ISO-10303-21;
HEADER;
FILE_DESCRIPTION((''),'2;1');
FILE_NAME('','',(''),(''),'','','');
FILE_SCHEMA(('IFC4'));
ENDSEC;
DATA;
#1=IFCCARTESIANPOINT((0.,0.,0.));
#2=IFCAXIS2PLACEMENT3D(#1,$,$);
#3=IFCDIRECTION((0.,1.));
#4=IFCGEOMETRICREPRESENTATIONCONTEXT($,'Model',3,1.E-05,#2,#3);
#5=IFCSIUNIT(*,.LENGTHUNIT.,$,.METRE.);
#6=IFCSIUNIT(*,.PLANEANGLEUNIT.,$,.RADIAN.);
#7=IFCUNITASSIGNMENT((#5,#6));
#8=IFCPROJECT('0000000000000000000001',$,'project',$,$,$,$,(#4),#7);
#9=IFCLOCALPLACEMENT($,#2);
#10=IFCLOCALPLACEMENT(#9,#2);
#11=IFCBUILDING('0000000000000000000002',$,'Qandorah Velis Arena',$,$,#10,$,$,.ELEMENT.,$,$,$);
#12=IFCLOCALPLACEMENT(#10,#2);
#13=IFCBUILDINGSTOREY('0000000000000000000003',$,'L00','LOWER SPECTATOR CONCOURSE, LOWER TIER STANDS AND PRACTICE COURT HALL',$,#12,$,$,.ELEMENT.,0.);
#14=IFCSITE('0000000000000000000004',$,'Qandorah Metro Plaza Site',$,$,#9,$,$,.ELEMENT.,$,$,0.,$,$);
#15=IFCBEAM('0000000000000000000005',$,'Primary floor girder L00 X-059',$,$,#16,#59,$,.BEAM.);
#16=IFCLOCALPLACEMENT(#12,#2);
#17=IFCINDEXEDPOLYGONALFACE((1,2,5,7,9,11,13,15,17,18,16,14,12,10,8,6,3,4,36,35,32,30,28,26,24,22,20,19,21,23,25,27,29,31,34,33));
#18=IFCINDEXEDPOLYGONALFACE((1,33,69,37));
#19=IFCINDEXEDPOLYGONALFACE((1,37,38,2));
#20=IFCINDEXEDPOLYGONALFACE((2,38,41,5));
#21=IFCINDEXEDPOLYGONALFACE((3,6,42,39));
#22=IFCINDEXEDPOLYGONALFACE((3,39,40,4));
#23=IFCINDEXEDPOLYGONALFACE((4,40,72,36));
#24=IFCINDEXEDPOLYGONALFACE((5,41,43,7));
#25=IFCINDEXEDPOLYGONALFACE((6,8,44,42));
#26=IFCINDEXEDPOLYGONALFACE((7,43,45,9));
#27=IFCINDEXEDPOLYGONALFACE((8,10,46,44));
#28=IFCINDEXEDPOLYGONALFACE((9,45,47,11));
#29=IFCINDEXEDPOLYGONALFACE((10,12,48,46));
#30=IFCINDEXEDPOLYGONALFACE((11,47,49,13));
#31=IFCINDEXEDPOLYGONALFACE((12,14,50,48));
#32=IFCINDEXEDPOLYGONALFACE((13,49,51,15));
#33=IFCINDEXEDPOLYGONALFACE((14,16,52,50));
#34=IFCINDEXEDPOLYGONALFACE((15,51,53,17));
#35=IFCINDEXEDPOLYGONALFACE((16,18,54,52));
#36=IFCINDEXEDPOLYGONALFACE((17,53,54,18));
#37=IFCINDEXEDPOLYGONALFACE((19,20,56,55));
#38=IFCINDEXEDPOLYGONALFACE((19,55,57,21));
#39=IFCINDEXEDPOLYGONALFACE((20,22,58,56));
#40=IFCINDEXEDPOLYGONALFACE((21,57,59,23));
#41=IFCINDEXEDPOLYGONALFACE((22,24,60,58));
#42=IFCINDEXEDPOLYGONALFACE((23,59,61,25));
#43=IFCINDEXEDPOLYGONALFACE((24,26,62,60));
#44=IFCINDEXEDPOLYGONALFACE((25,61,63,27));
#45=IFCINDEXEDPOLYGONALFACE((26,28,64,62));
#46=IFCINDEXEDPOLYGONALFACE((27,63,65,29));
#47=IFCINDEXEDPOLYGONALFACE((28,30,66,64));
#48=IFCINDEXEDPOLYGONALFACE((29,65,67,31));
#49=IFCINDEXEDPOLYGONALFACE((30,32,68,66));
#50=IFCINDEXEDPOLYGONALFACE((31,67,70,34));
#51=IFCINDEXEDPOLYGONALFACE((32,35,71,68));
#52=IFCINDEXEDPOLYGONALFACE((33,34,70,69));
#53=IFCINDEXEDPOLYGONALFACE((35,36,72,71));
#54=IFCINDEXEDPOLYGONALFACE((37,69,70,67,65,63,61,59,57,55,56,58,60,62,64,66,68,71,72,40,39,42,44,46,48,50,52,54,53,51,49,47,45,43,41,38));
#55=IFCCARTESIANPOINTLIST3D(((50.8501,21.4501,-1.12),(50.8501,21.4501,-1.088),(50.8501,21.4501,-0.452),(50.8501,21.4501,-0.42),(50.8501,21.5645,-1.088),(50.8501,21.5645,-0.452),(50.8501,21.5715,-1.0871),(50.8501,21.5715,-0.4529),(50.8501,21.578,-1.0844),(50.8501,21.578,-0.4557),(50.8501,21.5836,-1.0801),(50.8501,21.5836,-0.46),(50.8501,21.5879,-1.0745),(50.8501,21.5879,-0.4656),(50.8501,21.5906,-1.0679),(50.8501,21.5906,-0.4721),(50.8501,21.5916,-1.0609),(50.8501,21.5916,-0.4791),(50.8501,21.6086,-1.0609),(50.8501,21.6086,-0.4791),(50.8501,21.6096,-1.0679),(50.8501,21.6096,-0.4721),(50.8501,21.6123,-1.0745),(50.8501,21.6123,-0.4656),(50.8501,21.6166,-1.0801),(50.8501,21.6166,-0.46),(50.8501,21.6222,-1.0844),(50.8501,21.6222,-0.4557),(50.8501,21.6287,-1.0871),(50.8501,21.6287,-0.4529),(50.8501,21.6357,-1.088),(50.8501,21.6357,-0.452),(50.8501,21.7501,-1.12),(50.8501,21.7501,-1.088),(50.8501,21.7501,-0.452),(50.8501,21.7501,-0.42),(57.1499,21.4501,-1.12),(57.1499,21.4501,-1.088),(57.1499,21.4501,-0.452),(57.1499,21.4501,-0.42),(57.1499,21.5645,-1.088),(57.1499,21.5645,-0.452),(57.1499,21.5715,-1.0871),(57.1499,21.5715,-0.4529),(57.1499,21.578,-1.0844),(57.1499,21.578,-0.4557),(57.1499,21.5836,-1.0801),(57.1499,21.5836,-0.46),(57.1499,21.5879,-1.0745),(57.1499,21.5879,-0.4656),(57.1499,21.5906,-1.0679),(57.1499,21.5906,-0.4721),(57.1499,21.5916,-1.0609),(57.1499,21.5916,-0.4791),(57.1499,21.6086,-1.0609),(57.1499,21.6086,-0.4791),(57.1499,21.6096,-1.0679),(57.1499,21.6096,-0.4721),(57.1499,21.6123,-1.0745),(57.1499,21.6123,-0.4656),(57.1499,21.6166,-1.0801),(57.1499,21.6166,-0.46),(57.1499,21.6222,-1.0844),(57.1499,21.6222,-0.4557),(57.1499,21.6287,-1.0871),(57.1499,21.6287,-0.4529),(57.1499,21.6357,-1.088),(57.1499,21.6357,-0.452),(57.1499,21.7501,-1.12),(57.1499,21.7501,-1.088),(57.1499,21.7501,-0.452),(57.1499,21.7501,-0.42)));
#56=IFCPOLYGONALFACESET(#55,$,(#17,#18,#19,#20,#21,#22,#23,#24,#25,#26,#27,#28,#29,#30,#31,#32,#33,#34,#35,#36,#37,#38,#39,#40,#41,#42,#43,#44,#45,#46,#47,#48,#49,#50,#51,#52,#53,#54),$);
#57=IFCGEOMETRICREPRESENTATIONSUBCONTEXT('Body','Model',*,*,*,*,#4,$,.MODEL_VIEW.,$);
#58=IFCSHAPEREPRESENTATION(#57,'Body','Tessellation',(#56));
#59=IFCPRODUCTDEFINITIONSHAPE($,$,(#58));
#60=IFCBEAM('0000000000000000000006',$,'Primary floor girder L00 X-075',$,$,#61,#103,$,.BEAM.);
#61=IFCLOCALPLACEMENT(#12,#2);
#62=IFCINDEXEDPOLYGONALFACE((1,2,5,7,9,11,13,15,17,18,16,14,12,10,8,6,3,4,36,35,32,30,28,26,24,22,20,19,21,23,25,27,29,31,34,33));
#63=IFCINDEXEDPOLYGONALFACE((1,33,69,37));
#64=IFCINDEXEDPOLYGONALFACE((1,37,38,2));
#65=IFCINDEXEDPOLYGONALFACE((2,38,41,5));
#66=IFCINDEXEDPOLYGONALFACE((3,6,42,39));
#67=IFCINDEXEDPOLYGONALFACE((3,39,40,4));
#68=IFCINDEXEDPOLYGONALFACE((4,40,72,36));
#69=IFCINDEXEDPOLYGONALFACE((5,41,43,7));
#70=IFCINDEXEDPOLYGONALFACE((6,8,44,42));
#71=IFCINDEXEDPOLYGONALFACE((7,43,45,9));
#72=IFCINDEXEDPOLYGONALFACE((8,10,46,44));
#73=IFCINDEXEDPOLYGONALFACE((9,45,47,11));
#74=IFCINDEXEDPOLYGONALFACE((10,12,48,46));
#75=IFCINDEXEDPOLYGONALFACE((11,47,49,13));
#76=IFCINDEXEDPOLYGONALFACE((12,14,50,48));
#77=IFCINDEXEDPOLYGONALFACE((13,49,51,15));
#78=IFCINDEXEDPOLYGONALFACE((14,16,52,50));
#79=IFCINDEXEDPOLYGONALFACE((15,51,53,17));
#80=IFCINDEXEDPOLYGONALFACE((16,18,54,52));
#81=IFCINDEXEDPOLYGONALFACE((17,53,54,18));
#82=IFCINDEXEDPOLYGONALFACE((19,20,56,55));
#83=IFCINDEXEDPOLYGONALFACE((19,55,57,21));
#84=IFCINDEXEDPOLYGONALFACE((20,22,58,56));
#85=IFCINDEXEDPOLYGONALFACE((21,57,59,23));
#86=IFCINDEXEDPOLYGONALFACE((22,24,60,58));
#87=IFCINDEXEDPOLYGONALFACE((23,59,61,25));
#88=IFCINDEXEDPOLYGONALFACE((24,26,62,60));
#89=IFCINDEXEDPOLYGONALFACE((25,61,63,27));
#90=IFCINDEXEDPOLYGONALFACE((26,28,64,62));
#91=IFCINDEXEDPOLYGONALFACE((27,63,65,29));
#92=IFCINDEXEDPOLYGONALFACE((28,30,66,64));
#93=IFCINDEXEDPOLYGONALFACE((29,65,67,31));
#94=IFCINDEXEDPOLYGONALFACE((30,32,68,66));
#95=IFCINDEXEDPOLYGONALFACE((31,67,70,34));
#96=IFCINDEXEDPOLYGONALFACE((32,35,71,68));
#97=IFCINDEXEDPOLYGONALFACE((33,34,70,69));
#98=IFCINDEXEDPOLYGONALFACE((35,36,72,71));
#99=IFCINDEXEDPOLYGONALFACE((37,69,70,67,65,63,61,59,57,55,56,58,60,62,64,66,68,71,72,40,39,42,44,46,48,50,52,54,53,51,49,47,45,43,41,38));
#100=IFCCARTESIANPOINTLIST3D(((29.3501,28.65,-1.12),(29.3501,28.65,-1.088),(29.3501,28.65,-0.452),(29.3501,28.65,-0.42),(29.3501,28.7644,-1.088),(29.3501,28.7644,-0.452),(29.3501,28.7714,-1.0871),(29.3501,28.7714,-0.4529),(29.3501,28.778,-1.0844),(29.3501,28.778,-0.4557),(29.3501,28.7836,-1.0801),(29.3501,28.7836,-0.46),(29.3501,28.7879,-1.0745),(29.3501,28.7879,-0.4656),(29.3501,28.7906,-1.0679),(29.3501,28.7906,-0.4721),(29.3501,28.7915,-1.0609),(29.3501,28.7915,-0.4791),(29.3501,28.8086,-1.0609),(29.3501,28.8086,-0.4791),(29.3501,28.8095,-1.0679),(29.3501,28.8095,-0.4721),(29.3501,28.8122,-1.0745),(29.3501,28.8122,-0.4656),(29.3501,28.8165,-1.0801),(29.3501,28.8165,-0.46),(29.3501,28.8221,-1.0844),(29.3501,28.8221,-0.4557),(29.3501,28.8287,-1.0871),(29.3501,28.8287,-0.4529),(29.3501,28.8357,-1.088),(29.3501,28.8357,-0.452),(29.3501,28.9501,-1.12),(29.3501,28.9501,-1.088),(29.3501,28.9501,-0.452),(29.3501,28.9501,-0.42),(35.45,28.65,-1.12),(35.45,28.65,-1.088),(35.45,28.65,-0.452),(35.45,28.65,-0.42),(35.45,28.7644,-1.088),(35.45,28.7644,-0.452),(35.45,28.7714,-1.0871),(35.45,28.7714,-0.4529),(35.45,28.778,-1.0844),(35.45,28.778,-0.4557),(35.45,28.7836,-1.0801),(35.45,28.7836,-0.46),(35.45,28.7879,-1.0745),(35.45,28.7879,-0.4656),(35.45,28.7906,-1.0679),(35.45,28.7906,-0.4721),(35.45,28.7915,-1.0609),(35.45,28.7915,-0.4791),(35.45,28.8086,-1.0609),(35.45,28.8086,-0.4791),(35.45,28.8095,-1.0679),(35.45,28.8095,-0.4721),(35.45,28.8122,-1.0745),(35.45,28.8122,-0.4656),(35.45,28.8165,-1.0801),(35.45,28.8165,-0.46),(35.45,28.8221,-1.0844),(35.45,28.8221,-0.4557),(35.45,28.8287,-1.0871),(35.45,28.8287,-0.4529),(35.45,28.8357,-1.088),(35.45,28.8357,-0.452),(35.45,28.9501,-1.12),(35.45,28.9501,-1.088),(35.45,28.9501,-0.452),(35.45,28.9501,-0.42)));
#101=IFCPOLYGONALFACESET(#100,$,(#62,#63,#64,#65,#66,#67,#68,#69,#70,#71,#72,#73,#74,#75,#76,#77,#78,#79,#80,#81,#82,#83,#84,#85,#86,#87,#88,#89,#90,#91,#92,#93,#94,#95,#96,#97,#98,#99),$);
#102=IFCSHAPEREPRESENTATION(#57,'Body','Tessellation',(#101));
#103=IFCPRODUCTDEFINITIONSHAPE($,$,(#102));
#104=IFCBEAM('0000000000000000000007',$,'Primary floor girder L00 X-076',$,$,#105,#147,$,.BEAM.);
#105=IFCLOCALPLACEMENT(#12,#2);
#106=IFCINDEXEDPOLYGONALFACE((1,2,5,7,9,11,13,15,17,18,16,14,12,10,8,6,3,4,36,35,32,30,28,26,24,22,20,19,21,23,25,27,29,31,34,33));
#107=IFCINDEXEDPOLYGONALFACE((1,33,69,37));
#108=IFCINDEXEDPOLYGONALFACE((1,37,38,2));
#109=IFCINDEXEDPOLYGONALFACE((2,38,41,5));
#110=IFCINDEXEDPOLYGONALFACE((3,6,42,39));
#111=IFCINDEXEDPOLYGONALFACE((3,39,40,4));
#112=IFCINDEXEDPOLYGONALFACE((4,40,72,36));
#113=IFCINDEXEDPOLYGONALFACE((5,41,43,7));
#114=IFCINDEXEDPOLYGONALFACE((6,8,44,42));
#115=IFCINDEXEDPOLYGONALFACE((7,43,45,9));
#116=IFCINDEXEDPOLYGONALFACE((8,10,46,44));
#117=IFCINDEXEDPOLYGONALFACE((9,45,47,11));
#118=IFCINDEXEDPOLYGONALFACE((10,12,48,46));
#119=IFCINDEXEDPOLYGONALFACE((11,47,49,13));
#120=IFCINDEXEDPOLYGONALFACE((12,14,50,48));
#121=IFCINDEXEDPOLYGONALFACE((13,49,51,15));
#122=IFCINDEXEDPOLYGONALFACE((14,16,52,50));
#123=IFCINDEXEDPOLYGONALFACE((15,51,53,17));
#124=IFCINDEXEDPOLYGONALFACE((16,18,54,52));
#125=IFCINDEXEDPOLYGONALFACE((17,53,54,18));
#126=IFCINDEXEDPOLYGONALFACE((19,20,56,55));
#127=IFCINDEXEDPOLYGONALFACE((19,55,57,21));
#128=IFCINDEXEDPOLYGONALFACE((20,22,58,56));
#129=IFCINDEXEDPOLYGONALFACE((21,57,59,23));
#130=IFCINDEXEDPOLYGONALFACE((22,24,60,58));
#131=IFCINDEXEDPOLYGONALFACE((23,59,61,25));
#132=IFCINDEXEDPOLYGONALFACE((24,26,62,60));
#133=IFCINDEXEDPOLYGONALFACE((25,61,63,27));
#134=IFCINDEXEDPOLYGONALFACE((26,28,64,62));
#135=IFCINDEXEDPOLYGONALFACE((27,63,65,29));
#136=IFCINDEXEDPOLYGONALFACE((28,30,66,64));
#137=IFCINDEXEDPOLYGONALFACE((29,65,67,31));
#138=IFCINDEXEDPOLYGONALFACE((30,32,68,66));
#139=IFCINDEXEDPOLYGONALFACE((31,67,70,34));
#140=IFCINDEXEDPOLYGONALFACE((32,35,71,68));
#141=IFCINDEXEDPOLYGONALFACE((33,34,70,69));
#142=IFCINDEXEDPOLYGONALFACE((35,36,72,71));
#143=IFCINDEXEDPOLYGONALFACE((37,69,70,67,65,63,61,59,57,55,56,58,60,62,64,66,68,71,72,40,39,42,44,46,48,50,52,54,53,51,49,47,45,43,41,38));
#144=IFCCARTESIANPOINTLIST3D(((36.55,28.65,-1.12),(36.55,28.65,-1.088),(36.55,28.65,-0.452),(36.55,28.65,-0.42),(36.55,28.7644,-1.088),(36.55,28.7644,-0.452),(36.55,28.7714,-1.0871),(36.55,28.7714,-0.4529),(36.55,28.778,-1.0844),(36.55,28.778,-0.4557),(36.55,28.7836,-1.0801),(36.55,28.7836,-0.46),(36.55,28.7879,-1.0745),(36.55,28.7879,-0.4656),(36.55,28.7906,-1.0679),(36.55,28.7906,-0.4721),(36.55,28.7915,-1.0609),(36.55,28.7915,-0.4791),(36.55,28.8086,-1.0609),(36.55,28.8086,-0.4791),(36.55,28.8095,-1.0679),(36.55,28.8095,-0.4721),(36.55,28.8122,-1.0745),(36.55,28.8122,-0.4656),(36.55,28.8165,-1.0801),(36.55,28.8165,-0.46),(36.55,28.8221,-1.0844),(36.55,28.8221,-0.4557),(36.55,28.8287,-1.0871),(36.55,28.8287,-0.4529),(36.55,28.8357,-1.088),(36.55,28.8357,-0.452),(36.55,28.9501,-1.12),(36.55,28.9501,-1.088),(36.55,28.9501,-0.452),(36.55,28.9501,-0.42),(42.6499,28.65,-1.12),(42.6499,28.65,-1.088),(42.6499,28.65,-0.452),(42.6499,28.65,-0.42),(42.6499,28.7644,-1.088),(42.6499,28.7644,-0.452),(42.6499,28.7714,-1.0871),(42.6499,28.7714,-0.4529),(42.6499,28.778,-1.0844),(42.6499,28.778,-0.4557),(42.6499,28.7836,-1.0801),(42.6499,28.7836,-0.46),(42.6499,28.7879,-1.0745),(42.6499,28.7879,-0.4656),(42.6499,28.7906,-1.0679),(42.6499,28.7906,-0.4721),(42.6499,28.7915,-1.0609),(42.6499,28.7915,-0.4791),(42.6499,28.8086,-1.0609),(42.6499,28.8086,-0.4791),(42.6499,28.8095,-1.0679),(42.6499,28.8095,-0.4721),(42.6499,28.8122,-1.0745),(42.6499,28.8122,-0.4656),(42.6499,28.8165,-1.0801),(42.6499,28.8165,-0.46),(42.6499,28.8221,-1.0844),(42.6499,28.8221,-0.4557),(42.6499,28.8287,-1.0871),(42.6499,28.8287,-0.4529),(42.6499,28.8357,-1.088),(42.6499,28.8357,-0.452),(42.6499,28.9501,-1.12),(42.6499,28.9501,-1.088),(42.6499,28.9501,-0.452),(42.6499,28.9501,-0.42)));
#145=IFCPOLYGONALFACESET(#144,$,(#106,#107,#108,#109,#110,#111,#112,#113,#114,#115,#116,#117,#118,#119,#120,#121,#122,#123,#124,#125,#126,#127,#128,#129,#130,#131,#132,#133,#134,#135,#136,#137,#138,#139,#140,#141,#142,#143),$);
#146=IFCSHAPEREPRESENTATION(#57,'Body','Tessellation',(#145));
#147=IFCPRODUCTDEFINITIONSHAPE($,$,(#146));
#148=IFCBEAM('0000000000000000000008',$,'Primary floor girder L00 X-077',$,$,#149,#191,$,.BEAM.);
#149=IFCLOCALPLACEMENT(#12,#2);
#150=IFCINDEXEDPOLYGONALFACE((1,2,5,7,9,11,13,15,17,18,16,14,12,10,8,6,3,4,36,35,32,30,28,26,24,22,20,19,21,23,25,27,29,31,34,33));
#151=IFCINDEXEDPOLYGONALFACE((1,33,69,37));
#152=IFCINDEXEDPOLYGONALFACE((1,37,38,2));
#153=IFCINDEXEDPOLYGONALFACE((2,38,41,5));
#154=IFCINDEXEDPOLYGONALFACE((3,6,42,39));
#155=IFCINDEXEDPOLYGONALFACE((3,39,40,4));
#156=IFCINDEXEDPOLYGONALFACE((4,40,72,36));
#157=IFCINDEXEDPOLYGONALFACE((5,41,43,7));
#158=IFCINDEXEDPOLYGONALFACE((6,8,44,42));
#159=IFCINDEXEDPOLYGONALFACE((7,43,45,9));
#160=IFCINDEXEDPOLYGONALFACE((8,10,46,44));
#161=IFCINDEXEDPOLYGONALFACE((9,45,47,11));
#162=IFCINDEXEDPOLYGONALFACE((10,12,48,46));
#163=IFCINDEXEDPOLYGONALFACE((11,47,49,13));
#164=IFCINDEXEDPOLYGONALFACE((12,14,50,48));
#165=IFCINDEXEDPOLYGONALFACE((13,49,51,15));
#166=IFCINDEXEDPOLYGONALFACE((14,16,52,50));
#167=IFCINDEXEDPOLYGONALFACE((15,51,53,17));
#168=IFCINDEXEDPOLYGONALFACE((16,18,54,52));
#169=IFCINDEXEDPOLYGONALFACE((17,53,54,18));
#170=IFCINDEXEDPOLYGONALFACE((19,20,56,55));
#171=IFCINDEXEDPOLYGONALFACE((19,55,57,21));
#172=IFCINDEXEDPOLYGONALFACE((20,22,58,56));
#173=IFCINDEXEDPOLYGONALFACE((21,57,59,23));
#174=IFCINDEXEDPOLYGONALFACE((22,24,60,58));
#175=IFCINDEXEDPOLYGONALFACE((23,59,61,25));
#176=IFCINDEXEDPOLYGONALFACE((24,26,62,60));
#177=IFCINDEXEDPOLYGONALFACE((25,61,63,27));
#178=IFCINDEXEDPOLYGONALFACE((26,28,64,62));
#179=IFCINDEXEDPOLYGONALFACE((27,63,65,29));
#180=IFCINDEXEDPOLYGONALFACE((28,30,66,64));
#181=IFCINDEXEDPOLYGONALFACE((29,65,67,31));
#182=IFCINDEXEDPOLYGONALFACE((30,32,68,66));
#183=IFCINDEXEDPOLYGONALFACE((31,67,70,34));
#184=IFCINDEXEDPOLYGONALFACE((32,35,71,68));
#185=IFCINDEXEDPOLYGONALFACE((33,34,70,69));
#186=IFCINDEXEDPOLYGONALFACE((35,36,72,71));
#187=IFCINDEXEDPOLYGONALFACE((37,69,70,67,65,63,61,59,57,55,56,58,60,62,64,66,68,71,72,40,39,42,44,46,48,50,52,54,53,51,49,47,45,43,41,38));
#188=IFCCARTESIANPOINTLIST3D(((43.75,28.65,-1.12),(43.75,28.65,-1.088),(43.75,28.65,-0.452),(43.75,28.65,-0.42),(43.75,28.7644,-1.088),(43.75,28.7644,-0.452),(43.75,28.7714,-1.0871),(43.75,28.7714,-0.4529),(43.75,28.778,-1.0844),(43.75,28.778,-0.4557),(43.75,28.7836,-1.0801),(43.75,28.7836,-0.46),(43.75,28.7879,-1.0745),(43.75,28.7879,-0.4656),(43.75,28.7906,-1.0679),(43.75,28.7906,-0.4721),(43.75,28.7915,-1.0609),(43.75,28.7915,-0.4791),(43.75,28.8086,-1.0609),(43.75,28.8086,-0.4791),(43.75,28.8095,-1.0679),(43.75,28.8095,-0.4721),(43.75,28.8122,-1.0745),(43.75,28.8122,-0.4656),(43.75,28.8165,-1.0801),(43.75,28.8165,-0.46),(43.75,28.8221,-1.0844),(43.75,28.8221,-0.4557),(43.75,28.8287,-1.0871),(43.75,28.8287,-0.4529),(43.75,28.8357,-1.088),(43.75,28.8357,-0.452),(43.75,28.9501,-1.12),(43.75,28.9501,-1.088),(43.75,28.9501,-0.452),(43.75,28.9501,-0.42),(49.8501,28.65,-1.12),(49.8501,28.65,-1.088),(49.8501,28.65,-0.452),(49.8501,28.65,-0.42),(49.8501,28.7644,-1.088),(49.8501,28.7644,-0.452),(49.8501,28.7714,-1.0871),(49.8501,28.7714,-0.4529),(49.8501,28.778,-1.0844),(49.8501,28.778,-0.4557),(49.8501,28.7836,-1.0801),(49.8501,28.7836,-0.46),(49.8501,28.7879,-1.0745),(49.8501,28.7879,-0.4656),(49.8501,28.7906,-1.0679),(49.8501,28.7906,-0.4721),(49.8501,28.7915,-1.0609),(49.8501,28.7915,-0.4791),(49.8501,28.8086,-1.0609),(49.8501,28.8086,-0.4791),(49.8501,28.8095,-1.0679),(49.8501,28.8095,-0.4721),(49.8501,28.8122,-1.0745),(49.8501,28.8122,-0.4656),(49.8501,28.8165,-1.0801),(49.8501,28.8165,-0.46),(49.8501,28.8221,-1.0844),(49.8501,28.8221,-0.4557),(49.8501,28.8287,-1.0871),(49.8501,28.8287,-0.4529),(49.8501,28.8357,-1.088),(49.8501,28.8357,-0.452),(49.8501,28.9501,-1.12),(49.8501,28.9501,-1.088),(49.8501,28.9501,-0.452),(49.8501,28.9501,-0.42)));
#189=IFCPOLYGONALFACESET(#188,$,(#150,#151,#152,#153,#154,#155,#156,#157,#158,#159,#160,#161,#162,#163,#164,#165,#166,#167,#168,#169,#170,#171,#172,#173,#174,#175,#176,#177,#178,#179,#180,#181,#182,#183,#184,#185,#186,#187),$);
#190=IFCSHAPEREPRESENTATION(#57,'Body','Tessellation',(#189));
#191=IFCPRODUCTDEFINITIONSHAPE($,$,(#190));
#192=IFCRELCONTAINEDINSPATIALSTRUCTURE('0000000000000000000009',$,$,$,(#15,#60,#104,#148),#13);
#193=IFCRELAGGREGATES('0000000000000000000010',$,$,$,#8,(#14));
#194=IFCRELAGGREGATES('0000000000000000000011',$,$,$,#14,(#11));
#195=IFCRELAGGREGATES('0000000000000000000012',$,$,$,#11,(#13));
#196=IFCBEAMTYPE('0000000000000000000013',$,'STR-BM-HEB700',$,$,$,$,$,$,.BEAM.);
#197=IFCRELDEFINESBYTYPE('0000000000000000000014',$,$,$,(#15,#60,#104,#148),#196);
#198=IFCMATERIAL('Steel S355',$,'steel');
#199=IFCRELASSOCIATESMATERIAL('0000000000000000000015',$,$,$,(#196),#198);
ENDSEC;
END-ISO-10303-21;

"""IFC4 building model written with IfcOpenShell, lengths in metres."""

from ifc_helpers import new_model, si_unit, direction, frame, origin, origin_2d, place, context, subcontext, project, spatial, i_section, extrude, material, material_profile, profile_set, type_object, element, save


model = new_model("IFC4")

# Units and contexts
model_context = context("Model", 3, precision=1e-05, world=origin(), true_north=direction((0.0, 1.0)))
body_context = subcontext(model_context, "Body", "Model", "MODEL_VIEW")
ifc_project = project(units=[si_unit("LENGTHUNIT", "METRE"), si_unit("PLANEANGLEUNIT", "RADIAN")], contexts=[model_context])

# Site, building, storey
site_placement = place(None, origin())
site = spatial("IfcSite", under=ifc_project, at=site_placement, Name="Qandorah Metro Plaza Site", CompositionType="ELEMENT", RefElevation=0.0)
building_placement = place(site_placement, origin())
building = spatial("IfcBuilding", under=site, at=building_placement, Name="Qandorah Velis Arena", CompositionType="ELEMENT")
storey_placement = place(building_placement, origin())
storey = spatial("IfcBuildingStorey", under=building, at=storey_placement, Name="L00", Description="LOWER SPECTATOR CONCOURSE, LOWER TIER STANDS AND PRACTICE COURT HALL", CompositionType="ELEMENT", Elevation=0.0)

# Beams
ifc_material_1 = material(Name="Steel S355", Category="steel")
ifc_material_profile_1 = material_profile(ifc_material_1, i_section(OverallWidth=0.3, OverallDepth=0.7, WebThickness=0.0171, FlangeThickness=0.032, FilletRadius=0.0271, at=origin_2d()), Name="HEB 700")
ifc_profile_set_1 = profile_set([ifc_material_profile_1], Name="Steel S355")
beam_type_1 = type_object("IfcBeamType", Name="STR-BM-HEB700", PredefinedType="BEAM", material=ifc_profile_set_1)
beam_1_placement = place(storey_placement, frame((50.8501, 21.6001, -0.77), z_axis=(1.0, 0.0, 0.0), x_axis=(0.0, 1.0, 0.0)))
element("IfcBeam", 1, at=beam_1_placement, inside=storey, type_object=beam_type_1, Name="Primary floor girder L00 X-059", PredefinedType="BEAM", context=body_context, shape_type="SweptSolid", body=[
    extrude(i_section(OverallWidth=0.3, OverallDepth=0.7, WebThickness=0.0171, FlangeThickness=0.032, FilletRadius=0.0271, at=origin_2d()), origin(), (0.0, 0.0, 1.0), 6.2998),
])
for number, where, z_axis, x_axis, name in (
    (2, (29.3501, 28.8, -0.77), (1.0, 0.0, 0.0), (0.0, 1.0, 0.0), "Primary floor girder L00 X-075"),
    (3, (36.55, 28.8, -0.77), (1.0, 0.0, 0.0), (0.0, 1.0, 0.0), "Primary floor girder L00 X-076"),
):
    element("IfcBeam", number, at=place(storey_placement, frame(where, z_axis=z_axis, x_axis=x_axis)), inside=storey, type_object=beam_type_1, Name=name, PredefinedType="BEAM", context=body_context, shape_type="SweptSolid", body=[
        extrude(i_section(OverallWidth=0.3, OverallDepth=0.7, WebThickness=0.0171, FlangeThickness=0.032, FilletRadius=0.0271, at=origin_2d()), origin(), (0.0, 0.0, 1.0), 6.0999),
    ])
for number, where, z_axis, x_axis, name in (
    (4, (43.75, 28.8, -0.77), (1.0, 0.0, 0.0), (0.0, 1.0, 0.0), "Primary floor girder L00 X-077"),
):
    element("IfcBeam", number, at=place(storey_placement, frame(where, z_axis=z_axis, x_axis=x_axis)), inside=storey, type_object=beam_type_1, Name=name, PredefinedType="BEAM", context=body_context, shape_type="SweptSolid", body=[
        extrude(i_section(OverallWidth=0.3, OverallDepth=0.7, WebThickness=0.0171, FlangeThickness=0.032, FilletRadius=0.0271, at=origin_2d()), origin(), (0.0, 0.0, 1.0), 6.1001),
    ])

save(model, "model.ifc")
